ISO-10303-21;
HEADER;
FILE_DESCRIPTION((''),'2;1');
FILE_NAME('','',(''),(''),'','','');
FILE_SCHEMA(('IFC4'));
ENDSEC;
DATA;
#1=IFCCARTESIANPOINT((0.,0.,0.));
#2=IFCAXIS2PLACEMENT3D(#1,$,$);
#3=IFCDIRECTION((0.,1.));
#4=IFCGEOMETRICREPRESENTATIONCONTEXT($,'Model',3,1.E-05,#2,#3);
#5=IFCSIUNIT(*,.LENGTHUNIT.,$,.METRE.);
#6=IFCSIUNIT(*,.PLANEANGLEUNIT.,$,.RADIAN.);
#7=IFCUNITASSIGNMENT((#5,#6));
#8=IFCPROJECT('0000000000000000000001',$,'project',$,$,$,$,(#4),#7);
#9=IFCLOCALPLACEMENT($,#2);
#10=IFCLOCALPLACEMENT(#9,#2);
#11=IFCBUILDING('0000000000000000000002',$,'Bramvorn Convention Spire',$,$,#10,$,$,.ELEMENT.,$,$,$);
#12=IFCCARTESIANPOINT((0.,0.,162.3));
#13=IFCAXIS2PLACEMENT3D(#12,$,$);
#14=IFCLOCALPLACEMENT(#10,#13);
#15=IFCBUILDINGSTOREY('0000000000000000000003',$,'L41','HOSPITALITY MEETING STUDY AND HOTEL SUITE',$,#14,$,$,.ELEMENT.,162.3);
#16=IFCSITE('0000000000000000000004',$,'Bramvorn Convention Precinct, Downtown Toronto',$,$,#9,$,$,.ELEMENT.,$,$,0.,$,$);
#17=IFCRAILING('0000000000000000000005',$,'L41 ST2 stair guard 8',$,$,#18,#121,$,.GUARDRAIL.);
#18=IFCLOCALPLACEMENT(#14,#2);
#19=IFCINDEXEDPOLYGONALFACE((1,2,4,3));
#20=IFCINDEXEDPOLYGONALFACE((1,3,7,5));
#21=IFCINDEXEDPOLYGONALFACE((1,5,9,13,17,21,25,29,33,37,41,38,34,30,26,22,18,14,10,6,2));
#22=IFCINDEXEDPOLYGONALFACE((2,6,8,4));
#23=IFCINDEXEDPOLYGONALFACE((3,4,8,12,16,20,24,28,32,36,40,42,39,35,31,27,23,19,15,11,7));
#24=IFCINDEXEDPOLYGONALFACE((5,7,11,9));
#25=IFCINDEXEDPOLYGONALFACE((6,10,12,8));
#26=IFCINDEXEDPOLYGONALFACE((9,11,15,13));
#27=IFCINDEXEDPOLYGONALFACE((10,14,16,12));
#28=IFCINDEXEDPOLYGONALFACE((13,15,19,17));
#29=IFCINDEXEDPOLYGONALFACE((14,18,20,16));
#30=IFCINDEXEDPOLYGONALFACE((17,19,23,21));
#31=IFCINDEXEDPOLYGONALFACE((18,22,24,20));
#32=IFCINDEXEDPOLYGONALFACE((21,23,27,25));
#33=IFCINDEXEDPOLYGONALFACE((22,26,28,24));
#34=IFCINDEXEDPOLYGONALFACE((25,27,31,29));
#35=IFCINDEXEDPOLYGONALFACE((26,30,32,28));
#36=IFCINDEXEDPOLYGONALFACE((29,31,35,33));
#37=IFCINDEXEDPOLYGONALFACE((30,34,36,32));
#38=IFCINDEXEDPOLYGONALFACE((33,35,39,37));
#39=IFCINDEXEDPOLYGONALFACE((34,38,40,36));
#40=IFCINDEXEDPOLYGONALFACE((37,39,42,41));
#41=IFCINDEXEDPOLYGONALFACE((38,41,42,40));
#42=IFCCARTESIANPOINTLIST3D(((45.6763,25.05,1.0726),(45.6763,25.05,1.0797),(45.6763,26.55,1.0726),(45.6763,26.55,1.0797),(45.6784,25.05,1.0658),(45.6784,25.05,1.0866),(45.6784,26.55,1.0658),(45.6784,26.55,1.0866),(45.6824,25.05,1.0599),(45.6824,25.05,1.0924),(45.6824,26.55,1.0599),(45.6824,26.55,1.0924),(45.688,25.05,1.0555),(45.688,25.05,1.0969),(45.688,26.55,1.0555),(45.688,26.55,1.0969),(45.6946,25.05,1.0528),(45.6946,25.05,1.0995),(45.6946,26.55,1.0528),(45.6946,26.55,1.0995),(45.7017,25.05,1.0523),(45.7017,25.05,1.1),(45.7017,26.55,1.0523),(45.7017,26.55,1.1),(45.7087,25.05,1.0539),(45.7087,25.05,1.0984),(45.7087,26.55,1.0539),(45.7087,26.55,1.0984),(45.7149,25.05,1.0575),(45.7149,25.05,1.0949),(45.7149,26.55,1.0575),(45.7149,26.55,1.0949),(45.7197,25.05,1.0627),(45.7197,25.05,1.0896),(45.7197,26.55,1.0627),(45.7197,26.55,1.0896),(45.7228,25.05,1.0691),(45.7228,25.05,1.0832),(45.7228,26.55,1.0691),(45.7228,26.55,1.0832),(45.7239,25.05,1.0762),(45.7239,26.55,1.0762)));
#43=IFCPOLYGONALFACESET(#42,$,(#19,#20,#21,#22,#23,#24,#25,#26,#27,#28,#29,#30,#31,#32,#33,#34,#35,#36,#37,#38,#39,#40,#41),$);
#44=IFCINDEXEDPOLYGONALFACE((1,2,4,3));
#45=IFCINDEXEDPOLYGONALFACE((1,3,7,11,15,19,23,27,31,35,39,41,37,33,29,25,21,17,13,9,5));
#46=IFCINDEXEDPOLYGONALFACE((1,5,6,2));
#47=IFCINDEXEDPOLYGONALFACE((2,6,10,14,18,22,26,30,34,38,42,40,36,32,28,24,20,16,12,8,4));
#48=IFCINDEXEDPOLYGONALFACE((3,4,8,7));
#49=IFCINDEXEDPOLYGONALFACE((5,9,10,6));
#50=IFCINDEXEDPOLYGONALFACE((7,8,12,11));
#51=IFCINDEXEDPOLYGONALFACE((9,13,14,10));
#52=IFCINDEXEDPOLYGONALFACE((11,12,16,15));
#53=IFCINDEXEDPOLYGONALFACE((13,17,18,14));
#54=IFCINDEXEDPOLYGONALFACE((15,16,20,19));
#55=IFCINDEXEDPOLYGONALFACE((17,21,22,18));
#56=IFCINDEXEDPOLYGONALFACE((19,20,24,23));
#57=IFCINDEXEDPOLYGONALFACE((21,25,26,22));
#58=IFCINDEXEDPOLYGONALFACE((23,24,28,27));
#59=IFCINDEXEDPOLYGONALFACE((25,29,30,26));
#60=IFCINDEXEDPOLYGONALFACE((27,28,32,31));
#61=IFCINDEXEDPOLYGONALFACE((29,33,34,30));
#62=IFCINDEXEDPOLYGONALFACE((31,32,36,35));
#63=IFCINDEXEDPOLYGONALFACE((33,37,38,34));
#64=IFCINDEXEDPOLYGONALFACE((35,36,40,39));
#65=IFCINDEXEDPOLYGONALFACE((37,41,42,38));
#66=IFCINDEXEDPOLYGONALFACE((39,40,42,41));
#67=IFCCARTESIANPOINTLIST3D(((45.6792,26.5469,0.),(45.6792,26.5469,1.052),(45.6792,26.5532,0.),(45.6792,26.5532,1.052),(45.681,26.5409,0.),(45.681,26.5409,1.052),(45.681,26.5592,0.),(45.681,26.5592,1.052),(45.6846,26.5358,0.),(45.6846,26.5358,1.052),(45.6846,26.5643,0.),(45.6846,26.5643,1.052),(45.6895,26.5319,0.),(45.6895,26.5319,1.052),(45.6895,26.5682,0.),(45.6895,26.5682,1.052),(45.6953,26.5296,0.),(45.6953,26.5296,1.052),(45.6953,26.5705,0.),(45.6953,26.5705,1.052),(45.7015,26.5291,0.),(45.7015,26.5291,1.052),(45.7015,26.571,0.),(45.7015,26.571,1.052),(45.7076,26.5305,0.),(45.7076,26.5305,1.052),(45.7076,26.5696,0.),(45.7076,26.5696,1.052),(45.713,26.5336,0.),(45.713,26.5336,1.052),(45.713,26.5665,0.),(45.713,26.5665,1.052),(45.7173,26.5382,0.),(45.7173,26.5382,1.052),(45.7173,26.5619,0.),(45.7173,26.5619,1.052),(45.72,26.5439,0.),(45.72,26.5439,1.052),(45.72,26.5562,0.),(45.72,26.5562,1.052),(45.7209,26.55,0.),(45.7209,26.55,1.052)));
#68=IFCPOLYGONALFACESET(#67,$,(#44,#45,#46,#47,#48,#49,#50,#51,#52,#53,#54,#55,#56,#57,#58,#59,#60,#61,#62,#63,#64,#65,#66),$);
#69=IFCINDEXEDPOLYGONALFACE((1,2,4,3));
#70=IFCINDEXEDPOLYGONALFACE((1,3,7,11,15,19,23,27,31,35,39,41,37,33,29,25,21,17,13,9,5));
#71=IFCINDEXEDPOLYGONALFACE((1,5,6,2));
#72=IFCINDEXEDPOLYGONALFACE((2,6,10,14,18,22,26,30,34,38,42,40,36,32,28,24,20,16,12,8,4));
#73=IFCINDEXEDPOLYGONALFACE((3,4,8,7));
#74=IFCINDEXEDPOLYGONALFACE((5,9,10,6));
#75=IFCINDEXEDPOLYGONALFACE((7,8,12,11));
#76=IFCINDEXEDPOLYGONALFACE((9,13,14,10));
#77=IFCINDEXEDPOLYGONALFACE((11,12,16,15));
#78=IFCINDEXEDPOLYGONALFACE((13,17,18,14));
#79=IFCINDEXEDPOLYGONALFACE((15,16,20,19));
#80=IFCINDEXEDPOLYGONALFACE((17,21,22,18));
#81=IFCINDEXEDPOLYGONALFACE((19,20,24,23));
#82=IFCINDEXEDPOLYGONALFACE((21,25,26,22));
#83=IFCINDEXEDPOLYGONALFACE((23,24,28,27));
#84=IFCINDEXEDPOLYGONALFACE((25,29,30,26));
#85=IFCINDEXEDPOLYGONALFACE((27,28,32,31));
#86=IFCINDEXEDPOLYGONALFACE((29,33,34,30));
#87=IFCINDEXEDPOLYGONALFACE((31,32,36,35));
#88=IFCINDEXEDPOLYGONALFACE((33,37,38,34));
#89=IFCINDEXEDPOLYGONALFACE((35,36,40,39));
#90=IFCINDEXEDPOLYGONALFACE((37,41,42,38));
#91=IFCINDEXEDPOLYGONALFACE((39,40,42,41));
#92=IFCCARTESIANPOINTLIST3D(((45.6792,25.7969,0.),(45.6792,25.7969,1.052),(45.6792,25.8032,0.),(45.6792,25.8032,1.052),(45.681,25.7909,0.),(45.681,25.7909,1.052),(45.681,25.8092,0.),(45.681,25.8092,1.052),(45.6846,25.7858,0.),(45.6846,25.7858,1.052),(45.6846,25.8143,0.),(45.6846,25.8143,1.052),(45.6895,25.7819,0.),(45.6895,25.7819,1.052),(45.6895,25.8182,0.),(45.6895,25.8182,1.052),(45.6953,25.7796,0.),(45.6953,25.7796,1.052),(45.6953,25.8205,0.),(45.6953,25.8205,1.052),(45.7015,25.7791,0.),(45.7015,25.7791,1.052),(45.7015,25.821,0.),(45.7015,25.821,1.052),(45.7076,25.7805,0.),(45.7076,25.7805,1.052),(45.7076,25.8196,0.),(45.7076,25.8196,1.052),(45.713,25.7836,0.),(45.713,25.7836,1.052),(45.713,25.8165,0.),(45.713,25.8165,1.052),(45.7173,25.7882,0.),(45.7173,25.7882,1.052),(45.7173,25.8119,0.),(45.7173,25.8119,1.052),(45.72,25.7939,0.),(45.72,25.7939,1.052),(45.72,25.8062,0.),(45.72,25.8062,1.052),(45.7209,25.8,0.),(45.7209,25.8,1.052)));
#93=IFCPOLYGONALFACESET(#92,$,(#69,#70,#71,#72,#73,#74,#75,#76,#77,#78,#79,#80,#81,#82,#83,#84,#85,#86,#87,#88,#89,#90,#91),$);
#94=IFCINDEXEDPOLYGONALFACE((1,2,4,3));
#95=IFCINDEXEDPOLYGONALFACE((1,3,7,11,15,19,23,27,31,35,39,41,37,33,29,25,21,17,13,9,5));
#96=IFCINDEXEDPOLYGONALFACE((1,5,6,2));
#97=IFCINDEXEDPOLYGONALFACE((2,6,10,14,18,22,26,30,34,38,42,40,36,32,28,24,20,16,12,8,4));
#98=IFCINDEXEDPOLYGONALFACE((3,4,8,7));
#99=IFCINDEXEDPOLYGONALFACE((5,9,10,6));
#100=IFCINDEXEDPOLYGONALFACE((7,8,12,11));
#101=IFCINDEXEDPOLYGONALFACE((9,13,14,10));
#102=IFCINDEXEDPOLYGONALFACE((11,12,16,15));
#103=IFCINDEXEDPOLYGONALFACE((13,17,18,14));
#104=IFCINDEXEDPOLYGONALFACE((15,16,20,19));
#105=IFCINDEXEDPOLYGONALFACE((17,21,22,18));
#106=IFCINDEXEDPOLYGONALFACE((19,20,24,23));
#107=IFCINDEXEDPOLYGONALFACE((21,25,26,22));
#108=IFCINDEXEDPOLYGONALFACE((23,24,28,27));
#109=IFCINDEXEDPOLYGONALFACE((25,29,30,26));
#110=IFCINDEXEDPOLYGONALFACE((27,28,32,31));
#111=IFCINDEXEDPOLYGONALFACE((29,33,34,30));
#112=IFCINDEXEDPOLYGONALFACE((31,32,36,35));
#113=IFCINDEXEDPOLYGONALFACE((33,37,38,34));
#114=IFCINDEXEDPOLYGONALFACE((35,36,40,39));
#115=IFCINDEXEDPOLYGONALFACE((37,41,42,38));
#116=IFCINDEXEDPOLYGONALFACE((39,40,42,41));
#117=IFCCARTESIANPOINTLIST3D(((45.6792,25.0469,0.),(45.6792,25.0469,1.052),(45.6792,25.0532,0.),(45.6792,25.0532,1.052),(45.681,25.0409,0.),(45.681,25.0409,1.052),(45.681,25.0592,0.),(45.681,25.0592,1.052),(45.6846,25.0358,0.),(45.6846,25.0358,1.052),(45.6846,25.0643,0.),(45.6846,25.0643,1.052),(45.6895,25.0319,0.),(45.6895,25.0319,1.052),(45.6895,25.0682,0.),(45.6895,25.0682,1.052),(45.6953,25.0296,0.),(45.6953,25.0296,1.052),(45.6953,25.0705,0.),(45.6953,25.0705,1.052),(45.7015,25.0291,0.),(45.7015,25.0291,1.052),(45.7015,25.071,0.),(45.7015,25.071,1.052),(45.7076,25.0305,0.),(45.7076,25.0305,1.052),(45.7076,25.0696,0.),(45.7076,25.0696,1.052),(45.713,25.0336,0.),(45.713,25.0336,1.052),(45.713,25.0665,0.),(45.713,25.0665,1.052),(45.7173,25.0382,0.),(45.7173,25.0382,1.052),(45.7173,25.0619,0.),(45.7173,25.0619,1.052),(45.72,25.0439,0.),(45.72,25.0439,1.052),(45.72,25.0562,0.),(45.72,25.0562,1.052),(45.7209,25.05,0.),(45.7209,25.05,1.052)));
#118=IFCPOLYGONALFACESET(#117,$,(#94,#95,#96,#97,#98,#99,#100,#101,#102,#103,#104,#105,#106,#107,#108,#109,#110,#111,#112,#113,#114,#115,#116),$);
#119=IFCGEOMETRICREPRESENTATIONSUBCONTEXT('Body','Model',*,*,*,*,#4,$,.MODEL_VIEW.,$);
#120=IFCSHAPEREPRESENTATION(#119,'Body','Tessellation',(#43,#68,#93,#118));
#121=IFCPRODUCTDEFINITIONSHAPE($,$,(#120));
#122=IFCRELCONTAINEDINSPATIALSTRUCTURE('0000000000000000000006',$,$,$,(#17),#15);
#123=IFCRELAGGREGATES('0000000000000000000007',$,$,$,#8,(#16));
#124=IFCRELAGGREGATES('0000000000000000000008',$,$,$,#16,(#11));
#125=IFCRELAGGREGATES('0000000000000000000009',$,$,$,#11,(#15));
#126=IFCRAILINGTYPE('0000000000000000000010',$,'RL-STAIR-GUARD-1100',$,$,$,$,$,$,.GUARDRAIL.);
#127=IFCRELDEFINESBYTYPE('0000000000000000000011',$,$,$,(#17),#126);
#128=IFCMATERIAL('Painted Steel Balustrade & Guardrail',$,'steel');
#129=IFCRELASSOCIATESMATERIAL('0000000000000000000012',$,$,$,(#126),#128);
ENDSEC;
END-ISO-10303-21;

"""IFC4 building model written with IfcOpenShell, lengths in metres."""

from ifc_helpers import new_model, si_unit, direction, frame, origin, origin_2d, place, context, subcontext, project, spatial, circle, extrude, material, type_object, element, save


model = new_model("IFC4")

# Units and contexts
model_context = context("Model", 3, precision=1e-05, world=origin(), true_north=direction((0.0, 1.0)))
body_context = subcontext(model_context, "Body", "Model", "MODEL_VIEW")
ifc_project = project(units=[si_unit("LENGTHUNIT", "METRE"), si_unit("PLANEANGLEUNIT", "RADIAN")], contexts=[model_context])

# Site, building, storey
site_placement = place(None, origin())
site = spatial("IfcSite", under=ifc_project, at=site_placement, Name="Bramvorn Convention Precinct, Downtown Toronto", CompositionType="ELEMENT", RefElevation=0.0)
building_placement = place(site_placement, origin())
building = spatial("IfcBuilding", under=site, at=building_placement, Name="Bramvorn Convention Spire", CompositionType="ELEMENT")
storey_placement = place(building_placement, frame((0.0, 0.0, 162.3)))
storey = spatial("IfcBuildingStorey", under=building, at=storey_placement, Name="L41", Description="HOSPITALITY MEETING STUDY AND HOTEL SUITE", CompositionType="ELEMENT", Elevation=162.3)

# Railing
ifc_material_1 = material(Name="Painted Steel Balustrade & Guardrail", Category="steel")
railing_type_1 = type_object("IfcRailingType", Name="RL-STAIR-GUARD-1100", PredefinedType="GUARDRAIL", material=ifc_material_1)
railing_1_placement = place(storey_placement, frame((45.7, 26.55, 0.0)))
element("IfcRailing", 1, at=railing_1_placement, inside=storey, type_object=railing_type_1, Name="L41 ST2 stair guard 8", PredefinedType="GUARDRAIL", context=body_context, shape_type="SweptSolid", body=[
    extrude(circle(Radius=0.0239, at=origin_2d()), frame((0.0, 0.0, 1.0762), z_axis=(0.0, -1.0, 0.0), x_axis=(1.0, 0.0, 0.0)), (0.0, 0.0, 1.0), 1.5),
    extrude(circle(Radius=0.021, at=origin_2d()), origin(), (0.0, 0.0, 1.0), 1.052),
    extrude(circle(Radius=0.021, at=origin_2d()), frame((0.0, -0.75, 0.0)), (0.0, 0.0, 1.0), 1.052),
    extrude(circle(Radius=0.021, at=origin_2d()), frame((0.0, -1.5, 0.0)), (0.0, 0.0, 1.0), 1.052),
])

save(model, "model.ifc")
